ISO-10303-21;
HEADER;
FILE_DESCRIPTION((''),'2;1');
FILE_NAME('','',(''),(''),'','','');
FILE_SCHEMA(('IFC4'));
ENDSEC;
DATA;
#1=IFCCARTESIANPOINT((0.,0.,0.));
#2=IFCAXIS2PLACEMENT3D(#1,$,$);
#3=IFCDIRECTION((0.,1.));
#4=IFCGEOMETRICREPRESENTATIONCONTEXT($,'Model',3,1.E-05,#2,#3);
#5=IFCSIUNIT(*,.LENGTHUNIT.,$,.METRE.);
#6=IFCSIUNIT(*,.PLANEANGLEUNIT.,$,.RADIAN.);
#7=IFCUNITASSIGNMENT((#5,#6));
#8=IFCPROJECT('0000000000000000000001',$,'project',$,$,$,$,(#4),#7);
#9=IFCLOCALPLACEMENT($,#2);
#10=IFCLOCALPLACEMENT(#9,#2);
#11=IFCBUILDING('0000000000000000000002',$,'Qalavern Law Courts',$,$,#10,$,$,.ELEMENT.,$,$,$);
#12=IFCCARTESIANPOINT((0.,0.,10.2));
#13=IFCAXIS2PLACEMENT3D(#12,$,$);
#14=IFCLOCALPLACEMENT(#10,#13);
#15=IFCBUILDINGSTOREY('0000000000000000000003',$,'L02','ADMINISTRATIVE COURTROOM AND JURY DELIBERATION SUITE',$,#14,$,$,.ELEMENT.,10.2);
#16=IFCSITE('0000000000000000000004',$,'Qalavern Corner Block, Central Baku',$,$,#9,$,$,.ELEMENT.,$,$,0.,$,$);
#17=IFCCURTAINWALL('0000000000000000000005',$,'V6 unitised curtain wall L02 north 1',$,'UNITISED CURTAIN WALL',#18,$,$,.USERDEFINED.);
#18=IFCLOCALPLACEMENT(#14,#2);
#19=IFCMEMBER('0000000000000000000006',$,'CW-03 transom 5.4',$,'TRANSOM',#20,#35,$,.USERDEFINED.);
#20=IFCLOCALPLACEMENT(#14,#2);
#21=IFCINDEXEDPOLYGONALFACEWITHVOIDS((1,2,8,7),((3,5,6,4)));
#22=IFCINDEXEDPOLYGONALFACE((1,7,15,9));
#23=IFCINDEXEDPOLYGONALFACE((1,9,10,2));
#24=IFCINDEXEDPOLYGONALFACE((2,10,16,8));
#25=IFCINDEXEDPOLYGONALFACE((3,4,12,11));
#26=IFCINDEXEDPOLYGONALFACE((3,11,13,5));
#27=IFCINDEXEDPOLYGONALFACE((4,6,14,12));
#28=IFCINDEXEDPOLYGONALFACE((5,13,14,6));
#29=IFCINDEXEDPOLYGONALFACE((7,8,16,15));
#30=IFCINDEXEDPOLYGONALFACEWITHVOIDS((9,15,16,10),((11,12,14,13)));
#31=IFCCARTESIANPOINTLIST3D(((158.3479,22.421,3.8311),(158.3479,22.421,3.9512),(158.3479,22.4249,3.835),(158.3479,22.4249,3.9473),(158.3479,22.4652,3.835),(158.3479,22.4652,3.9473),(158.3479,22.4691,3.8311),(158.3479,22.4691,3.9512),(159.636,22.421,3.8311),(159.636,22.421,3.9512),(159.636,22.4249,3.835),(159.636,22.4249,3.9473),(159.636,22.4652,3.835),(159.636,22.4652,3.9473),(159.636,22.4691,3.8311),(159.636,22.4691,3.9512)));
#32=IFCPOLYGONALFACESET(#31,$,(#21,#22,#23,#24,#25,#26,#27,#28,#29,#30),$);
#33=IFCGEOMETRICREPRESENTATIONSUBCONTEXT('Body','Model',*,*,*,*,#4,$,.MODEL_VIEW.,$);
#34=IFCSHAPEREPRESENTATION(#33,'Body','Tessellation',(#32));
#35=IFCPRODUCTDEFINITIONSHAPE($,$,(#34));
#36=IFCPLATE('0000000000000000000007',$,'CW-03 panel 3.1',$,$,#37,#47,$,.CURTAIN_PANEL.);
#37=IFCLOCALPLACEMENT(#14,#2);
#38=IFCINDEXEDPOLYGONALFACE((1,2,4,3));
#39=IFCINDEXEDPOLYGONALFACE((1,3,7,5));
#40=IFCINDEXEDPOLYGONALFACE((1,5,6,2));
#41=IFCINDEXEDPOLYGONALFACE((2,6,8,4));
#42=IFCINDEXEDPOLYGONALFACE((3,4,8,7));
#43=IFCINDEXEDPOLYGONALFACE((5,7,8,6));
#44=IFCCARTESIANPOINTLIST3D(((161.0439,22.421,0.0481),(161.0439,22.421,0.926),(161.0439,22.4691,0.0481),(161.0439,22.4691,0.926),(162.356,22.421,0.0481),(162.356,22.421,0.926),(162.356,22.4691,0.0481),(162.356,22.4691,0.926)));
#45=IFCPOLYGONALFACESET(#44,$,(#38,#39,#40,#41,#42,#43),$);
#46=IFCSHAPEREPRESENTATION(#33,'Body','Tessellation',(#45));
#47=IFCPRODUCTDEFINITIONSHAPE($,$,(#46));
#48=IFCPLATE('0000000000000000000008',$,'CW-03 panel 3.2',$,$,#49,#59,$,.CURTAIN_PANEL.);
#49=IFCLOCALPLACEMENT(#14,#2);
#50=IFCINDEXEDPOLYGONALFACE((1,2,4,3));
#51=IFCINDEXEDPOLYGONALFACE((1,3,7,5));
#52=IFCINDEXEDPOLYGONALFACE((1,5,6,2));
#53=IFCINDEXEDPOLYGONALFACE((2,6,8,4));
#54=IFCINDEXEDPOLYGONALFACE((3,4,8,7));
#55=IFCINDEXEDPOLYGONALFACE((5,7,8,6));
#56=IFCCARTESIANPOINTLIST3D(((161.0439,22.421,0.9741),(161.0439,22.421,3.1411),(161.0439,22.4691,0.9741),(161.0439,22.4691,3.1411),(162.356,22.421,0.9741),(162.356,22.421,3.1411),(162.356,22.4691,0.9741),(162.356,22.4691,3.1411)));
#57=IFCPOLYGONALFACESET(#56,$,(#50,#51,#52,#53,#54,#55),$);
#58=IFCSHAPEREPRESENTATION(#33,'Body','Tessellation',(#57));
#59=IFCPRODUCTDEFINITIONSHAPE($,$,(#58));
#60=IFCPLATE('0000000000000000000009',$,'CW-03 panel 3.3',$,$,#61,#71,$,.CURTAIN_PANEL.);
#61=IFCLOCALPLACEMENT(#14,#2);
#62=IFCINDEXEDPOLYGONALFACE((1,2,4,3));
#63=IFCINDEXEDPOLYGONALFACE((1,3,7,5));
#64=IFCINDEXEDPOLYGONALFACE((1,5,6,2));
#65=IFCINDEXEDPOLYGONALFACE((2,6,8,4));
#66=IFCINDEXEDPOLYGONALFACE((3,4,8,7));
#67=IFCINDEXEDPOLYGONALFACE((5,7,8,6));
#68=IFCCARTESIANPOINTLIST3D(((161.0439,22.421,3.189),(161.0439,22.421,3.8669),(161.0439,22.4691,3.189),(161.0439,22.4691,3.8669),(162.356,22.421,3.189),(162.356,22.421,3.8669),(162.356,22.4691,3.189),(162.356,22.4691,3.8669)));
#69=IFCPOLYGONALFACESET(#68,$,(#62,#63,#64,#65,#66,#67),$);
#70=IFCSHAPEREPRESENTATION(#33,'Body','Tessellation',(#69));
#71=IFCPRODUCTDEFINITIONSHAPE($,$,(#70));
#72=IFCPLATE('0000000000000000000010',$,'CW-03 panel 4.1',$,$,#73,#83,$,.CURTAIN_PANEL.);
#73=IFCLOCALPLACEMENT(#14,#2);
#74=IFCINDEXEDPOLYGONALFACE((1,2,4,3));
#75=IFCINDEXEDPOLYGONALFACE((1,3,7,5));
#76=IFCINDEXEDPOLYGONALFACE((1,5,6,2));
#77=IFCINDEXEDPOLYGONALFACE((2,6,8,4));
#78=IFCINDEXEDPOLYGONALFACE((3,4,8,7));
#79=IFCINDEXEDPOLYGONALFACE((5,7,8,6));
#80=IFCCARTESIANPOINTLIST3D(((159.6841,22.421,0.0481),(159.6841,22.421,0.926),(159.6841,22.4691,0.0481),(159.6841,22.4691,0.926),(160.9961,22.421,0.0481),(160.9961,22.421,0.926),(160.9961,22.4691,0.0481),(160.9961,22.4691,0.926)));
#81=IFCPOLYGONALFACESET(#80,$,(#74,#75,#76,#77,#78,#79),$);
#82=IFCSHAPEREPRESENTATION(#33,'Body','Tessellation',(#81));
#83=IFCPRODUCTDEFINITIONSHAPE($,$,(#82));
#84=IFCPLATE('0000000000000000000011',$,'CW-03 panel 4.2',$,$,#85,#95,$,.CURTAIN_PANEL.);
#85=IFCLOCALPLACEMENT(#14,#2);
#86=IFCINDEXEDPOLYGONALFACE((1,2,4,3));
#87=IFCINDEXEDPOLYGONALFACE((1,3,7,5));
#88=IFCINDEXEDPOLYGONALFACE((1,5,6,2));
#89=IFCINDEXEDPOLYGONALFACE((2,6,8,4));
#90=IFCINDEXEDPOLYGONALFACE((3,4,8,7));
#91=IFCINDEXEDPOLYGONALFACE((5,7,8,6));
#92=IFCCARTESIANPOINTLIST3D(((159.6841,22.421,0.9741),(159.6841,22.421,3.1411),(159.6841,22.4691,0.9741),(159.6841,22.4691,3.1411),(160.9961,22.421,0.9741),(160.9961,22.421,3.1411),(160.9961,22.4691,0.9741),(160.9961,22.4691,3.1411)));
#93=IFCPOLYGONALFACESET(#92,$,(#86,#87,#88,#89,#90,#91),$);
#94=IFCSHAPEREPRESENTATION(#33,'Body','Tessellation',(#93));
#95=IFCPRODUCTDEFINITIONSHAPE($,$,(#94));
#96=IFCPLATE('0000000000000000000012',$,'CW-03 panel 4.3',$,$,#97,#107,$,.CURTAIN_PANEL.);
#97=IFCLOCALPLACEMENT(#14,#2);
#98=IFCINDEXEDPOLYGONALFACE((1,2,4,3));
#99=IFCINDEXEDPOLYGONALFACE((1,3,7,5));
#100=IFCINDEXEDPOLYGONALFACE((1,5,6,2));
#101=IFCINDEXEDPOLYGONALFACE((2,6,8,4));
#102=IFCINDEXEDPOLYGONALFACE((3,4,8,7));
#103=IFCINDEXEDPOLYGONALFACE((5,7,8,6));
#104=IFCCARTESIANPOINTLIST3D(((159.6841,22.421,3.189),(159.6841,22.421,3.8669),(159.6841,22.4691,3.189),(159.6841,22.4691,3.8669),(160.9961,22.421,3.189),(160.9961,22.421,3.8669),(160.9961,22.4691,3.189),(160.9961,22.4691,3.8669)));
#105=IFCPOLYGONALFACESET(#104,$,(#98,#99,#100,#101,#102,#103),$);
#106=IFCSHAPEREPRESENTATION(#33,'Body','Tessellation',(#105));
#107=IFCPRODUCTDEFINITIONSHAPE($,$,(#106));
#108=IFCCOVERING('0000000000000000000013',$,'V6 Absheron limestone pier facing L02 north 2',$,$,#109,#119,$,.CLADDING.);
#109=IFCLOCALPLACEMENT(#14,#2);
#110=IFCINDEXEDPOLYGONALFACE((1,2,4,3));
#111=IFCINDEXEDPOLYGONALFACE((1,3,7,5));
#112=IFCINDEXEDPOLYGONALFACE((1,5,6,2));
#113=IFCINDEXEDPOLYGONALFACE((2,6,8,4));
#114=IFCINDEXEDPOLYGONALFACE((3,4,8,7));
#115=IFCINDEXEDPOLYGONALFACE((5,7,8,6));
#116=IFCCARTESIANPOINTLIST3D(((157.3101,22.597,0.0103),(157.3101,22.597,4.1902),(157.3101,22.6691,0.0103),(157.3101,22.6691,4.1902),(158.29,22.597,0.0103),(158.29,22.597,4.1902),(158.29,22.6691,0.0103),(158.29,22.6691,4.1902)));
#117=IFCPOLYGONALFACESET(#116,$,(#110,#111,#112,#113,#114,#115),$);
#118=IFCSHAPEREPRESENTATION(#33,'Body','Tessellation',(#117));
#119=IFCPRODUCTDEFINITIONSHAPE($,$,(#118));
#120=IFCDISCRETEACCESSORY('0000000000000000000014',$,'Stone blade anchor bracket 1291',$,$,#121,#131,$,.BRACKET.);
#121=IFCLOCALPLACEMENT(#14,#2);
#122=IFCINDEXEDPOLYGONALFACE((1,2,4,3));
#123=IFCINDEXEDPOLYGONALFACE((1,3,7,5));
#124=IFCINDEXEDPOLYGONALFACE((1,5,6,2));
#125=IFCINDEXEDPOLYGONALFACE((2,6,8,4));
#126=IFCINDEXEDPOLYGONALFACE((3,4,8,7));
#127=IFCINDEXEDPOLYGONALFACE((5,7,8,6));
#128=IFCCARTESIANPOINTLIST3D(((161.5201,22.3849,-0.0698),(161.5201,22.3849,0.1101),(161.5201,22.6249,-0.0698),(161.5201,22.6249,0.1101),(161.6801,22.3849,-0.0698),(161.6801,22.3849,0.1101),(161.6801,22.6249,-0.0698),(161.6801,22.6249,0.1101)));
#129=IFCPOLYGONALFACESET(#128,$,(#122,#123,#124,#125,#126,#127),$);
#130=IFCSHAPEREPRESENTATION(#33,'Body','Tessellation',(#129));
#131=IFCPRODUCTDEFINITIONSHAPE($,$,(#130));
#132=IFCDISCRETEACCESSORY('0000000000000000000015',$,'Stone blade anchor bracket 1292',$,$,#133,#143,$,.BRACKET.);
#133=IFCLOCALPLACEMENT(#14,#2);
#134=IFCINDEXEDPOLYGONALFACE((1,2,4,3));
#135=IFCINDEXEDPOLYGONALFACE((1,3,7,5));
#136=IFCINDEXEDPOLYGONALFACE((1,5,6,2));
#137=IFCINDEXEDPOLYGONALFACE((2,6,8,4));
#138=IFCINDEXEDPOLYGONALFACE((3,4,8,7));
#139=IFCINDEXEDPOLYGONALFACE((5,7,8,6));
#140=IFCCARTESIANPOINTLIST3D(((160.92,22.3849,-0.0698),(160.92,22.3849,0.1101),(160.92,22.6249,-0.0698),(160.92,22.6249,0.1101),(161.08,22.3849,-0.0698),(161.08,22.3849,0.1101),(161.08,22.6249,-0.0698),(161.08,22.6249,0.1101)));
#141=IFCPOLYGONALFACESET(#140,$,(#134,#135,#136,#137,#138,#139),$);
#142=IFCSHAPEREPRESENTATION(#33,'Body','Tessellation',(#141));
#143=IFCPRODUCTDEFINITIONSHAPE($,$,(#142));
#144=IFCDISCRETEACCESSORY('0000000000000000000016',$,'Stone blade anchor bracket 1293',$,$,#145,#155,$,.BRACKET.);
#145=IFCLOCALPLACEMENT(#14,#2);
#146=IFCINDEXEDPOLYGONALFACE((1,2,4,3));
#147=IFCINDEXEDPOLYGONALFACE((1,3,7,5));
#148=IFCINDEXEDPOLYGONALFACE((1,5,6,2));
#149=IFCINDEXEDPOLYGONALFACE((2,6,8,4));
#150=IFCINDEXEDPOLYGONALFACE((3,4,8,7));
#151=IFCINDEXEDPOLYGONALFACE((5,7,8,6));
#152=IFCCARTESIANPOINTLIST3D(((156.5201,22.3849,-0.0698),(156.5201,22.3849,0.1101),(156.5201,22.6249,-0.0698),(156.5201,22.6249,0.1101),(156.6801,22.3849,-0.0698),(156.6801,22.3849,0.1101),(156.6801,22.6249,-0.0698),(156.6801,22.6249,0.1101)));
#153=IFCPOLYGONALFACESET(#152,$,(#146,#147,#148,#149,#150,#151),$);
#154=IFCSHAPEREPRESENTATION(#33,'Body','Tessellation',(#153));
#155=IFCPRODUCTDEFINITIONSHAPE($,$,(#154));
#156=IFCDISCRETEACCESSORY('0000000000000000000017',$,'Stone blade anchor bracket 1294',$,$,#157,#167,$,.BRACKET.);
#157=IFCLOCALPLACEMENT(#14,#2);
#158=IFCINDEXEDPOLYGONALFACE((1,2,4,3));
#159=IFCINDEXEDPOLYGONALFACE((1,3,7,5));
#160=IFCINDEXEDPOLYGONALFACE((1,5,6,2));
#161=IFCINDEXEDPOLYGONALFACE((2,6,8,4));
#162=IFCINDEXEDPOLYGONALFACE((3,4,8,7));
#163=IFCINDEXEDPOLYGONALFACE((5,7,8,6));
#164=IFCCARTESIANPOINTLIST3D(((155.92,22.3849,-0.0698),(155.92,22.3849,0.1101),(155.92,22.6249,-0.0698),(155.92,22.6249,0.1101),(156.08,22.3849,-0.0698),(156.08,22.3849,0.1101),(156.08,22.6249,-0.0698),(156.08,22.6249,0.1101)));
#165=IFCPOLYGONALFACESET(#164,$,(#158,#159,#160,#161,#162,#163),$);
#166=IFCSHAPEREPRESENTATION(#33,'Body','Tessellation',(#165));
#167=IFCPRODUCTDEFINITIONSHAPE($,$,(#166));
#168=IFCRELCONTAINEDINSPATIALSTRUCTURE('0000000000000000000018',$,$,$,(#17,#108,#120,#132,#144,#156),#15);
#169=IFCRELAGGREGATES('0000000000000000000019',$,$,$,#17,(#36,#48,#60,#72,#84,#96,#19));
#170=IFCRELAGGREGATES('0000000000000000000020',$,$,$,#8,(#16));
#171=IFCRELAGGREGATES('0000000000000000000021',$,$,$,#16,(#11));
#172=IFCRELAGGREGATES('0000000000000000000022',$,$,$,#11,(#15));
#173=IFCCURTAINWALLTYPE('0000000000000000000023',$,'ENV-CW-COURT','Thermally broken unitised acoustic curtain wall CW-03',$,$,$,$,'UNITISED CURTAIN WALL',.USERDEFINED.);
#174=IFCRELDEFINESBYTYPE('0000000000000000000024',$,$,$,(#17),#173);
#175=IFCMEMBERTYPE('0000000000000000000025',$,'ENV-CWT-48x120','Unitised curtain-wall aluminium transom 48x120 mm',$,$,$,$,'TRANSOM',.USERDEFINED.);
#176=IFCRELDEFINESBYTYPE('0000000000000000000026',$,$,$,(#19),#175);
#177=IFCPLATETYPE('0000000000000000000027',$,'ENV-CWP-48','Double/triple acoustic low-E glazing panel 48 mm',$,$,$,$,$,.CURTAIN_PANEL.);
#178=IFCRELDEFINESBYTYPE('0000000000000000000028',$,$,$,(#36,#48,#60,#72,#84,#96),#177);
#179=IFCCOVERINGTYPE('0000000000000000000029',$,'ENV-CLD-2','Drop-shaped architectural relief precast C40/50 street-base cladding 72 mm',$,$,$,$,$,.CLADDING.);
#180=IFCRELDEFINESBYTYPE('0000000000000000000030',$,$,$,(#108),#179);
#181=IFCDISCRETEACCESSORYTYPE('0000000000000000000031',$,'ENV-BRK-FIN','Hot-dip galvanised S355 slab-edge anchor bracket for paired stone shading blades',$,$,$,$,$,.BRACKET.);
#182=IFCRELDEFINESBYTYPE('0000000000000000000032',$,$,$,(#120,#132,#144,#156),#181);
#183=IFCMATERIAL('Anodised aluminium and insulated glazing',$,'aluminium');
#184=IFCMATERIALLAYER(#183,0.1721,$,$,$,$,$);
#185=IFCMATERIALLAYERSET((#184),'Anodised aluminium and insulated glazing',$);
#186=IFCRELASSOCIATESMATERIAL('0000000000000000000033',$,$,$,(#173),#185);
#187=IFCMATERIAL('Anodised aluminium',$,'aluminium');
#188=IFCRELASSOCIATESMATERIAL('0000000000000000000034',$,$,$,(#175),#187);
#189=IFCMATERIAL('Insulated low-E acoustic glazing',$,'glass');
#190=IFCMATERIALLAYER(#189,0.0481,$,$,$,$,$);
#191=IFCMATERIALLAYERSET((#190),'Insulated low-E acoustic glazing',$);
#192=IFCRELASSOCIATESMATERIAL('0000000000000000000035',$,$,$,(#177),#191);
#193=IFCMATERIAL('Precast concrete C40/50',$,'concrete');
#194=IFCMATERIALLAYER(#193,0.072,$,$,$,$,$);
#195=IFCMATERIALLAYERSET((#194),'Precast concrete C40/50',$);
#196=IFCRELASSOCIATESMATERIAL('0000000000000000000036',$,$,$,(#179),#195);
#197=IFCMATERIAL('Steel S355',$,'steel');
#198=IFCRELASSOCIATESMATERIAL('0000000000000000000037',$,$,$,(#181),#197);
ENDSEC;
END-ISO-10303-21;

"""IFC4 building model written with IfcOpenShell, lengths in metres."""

from ifc_helpers import new_model, si_unit, direction, frame, origin, origin_2d, place, context, subcontext, project, spatial, rectangle, hollow_rectangle, extrude, material, layer, layer_set, material_profile, profile_set, type_object, element, aggregate, save


model = new_model("IFC4")

# Units and contexts
model_context = context("Model", 3, precision=1e-05, world=origin(), true_north=direction((0.0, 1.0)))
body_context = subcontext(model_context, "Body", "Model", "MODEL_VIEW")
ifc_project = project(units=[si_unit("LENGTHUNIT", "METRE"), si_unit("PLANEANGLEUNIT", "RADIAN")], contexts=[model_context])

# Site, building, storey
site_placement = place(None, origin())
site = spatial("IfcSite", under=ifc_project, at=site_placement, Name="Qalavern Corner Block, Central Baku", CompositionType="ELEMENT", RefElevation=0.0)
building_placement = place(site_placement, origin())
building = spatial("IfcBuilding", under=site, at=building_placement, Name="Qalavern Law Courts", CompositionType="ELEMENT")
storey_placement = place(building_placement, frame((0.0, 0.0, 10.2)))
storey = spatial("IfcBuildingStorey", under=building, at=storey_placement, Name="L02", Description="ADMINISTRATIVE COURTROOM AND JURY DELIBERATION SUITE", CompositionType="ELEMENT", Elevation=10.2)

# Curtain wall, member, plates
ifc_material_1 = material(Name="Anodised aluminium and insulated glazing", Category="aluminium")
ifc_layer_1 = layer(ifc_material_1, 0.1721)
ifc_layer_set_1 = layer_set([ifc_layer_1], Name="Anodised aluminium and insulated glazing")
curtain_wall_type = type_object("IfcCurtainWallType", Name="ENV-CW-COURT", Description="Thermally broken unitised acoustic curtain wall CW-03", ElementType="UNITISED CURTAIN WALL", PredefinedType="USERDEFINED", material=ifc_layer_set_1)
curtain_wall_placement = place(storey_placement, origin())
curtain_wall = element("IfcCurtainWall", 1, at=curtain_wall_placement, inside=storey, type_object=curtain_wall_type, Name="V6 unitised curtain wall L02 north 1", ObjectType="UNITISED CURTAIN WALL", PredefinedType="USERDEFINED")
ifc_material_2 = material(Name="Anodised aluminium", Category="aluminium")
ifc_material_profile_1 = material_profile(ifc_material_2, hollow_rectangle(XDim=0.0481, YDim=0.1201, WallThickness=0.0039, at=origin_2d()), Name="ALU TRANSOM 48x120")
ifc_profile_set_1 = profile_set([ifc_material_profile_1], Name="Anodised aluminium")
member_type_1 = type_object("IfcMemberType", Name="ENV-CWT-48x120", Description="Unitised curtain-wall aluminium transom 48x120 mm", ElementType="TRANSOM", PredefinedType="USERDEFINED", material=ifc_profile_set_1)
member_1_placement = place(storey_placement, frame((159.636, 22.4451, 3.8911), z_axis=(-1.0, 0.0, 0.0), x_axis=(0.0, -1.0, 0.0)))
member_1 = element("IfcMember", 2, at=member_1_placement, type_object=member_type_1, Name="CW-03 transom 5.4", ObjectType="TRANSOM", PredefinedType="USERDEFINED", context=body_context, shape_type="SweptSolid", body=[
    extrude(hollow_rectangle(XDim=0.0481, YDim=0.1201, WallThickness=0.0039, at=origin_2d()), origin(), (0.0, 0.0, 1.0), 1.2881),
])
ifc_material_3 = material(Name="Insulated low-E acoustic glazing", Category="glass")
ifc_layer_2 = layer(ifc_material_3, 0.0481)
ifc_layer_set_2 = layer_set([ifc_layer_2], Name="Insulated low-E acoustic glazing")
plate_type = type_object("IfcPlateType", Name="ENV-CWP-48", Description="Double/triple acoustic low-E glazing panel 48 mm", PredefinedType="CURTAIN_PANEL", material=ifc_layer_set_2)
plate_1_placement = place(storey_placement, frame((161.7, 22.4451, 0.0481), z_axis=(0.0, 0.0, 1.0), x_axis=(-1.0, 0.0, 0.0)))
plate_1 = element("IfcPlate", 3, at=plate_1_placement, type_object=plate_type, Name="CW-03 panel 3.1", PredefinedType="CURTAIN_PANEL", context=body_context, shape_type="SweptSolid", body=[
    extrude(rectangle(XDim=1.312, YDim=0.0481, at=origin_2d()), origin(), (0.0, 0.0, 1.0), 0.8779),
])
plate_2_placement = place(storey_placement, frame((161.7, 22.4451, 0.9741), z_axis=(0.0, 0.0, 1.0), x_axis=(-1.0, 0.0, 0.0)))
plate_2 = element("IfcPlate", 4, at=plate_2_placement, type_object=plate_type, Name="CW-03 panel 3.2", PredefinedType="CURTAIN_PANEL", context=body_context, shape_type="SweptSolid", body=[
    extrude(rectangle(XDim=1.312, YDim=0.0481, at=origin_2d()), origin(), (0.0, 0.0, 1.0), 2.167),
])
plate_3_placement = place(storey_placement, frame((161.7, 22.4451, 3.189), z_axis=(0.0, 0.0, 1.0), x_axis=(-1.0, 0.0, 0.0)))
plate_3 = element("IfcPlate", 5, at=plate_3_placement, type_object=plate_type, Name="CW-03 panel 3.3", PredefinedType="CURTAIN_PANEL", context=body_context, shape_type="SweptSolid", body=[
    extrude(rectangle(XDim=1.312, YDim=0.0481, at=origin_2d()), origin(), (0.0, 0.0, 1.0), 0.678),
])
plate_4_placement = place(storey_placement, frame((160.3401, 22.4451, 0.0481), z_axis=(0.0, 0.0, 1.0), x_axis=(-1.0, 0.0, 0.0)))
plate_4 = element("IfcPlate", 6, at=plate_4_placement, type_object=plate_type, Name="CW-03 panel 4.1", PredefinedType="CURTAIN_PANEL", context=body_context, shape_type="SweptSolid", body=[
    extrude(rectangle(XDim=1.312, YDim=0.0481, at=origin_2d()), origin(), (0.0, 0.0, 1.0), 0.8779),
])
plate_5_placement = place(storey_placement, frame((160.3401, 22.4451, 0.9741), z_axis=(0.0, 0.0, 1.0), x_axis=(-1.0, 0.0, 0.0)))
plate_5 = element("IfcPlate", 7, at=plate_5_placement, type_object=plate_type, Name="CW-03 panel 4.2", PredefinedType="CURTAIN_PANEL", context=body_context, shape_type="SweptSolid", body=[
    extrude(rectangle(XDim=1.312, YDim=0.0481, at=origin_2d()), origin(), (0.0, 0.0, 1.0), 2.167),
])
plate_6_placement = place(storey_placement, frame((160.3401, 22.4451, 3.189), z_axis=(0.0, 0.0, 1.0), x_axis=(-1.0, 0.0, 0.0)))
plate_6 = element("IfcPlate", 8, at=plate_6_placement, type_object=plate_type, Name="CW-03 panel 4.3", PredefinedType="CURTAIN_PANEL", context=body_context, shape_type="SweptSolid", body=[
    extrude(rectangle(XDim=1.312, YDim=0.0481, at=origin_2d()), origin(), (0.0, 0.0, 1.0), 0.678),
])
aggregate(curtain_wall, [plate_1, plate_2, plate_3, plate_4, plate_5, plate_6, member_1])

# Covering
ifc_material_4 = material(Name="Precast concrete C40/50", Category="concrete")
ifc_layer_3 = layer(ifc_material_4, 0.072)
ifc_layer_set_3 = layer_set([ifc_layer_3], Name="Precast concrete C40/50")
covering_type = type_object("IfcCoveringType", Name="ENV-CLD-2", Description="Drop-shaped architectural relief precast C40/50 street-base cladding 72 mm", PredefinedType="CLADDING", material=ifc_layer_set_3)
covering_placement = place(storey_placement, frame((157.8, 22.6331, 0.0103), z_axis=(0.0, 0.0, 1.0), x_axis=(-1.0, 0.0, 0.0)))
element("IfcCovering", 9, at=covering_placement, inside=storey, type_object=covering_type, Name="V6 Absheron limestone pier facing L02 north 2", PredefinedType="CLADDING", context=body_context, shape_type="SweptSolid", body=[
    extrude(rectangle(XDim=0.98, YDim=0.072, at=origin_2d()), origin(), (0.0, 0.0, 1.0), 4.1799),
])

# Discrete accessories
ifc_material_5 = material(Name="Steel S355", Category="steel")
discrete_accessory_type = type_object("IfcDiscreteAccessoryType", Name="ENV-BRK-FIN", Description="Hot-dip galvanised S355 slab-edge anchor bracket for paired stone shading blades", PredefinedType="BRACKET", material=ifc_material_5)
for number, where, z_axis, x_axis, name in (
    (10, (161.6001, 22.5049, -0.0698), (0.0, 0.0, 1.0), (0.0, 1.0, 0.0), "Stone blade anchor bracket 1291"),
    (11, (161.0, 22.5049, -0.0698), (0.0, 0.0, 1.0), (0.0, 1.0, 0.0), "Stone blade anchor bracket 1292"),
    (12, (156.6001, 22.5049, -0.0698), (0.0, 0.0, 1.0), (0.0, 1.0, 0.0), "Stone blade anchor bracket 1293"),
    (13, (156.0, 22.5049, -0.0698), (0.0, 0.0, 1.0), (0.0, 1.0, 0.0), "Stone blade anchor bracket 1294"),
):
    element("IfcDiscreteAccessory", number, at=place(storey_placement, frame(where, z_axis=z_axis, x_axis=x_axis)), inside=storey, type_object=discrete_accessory_type, Name=name, PredefinedType="BRACKET", context=body_context, shape_type="SweptSolid", body=[
        extrude(rectangle(XDim=0.24, YDim=0.1599, at=origin_2d()), origin(), (0.0, 0.0, 1.0), 0.1799),
    ])

save(model, "model.ifc")
